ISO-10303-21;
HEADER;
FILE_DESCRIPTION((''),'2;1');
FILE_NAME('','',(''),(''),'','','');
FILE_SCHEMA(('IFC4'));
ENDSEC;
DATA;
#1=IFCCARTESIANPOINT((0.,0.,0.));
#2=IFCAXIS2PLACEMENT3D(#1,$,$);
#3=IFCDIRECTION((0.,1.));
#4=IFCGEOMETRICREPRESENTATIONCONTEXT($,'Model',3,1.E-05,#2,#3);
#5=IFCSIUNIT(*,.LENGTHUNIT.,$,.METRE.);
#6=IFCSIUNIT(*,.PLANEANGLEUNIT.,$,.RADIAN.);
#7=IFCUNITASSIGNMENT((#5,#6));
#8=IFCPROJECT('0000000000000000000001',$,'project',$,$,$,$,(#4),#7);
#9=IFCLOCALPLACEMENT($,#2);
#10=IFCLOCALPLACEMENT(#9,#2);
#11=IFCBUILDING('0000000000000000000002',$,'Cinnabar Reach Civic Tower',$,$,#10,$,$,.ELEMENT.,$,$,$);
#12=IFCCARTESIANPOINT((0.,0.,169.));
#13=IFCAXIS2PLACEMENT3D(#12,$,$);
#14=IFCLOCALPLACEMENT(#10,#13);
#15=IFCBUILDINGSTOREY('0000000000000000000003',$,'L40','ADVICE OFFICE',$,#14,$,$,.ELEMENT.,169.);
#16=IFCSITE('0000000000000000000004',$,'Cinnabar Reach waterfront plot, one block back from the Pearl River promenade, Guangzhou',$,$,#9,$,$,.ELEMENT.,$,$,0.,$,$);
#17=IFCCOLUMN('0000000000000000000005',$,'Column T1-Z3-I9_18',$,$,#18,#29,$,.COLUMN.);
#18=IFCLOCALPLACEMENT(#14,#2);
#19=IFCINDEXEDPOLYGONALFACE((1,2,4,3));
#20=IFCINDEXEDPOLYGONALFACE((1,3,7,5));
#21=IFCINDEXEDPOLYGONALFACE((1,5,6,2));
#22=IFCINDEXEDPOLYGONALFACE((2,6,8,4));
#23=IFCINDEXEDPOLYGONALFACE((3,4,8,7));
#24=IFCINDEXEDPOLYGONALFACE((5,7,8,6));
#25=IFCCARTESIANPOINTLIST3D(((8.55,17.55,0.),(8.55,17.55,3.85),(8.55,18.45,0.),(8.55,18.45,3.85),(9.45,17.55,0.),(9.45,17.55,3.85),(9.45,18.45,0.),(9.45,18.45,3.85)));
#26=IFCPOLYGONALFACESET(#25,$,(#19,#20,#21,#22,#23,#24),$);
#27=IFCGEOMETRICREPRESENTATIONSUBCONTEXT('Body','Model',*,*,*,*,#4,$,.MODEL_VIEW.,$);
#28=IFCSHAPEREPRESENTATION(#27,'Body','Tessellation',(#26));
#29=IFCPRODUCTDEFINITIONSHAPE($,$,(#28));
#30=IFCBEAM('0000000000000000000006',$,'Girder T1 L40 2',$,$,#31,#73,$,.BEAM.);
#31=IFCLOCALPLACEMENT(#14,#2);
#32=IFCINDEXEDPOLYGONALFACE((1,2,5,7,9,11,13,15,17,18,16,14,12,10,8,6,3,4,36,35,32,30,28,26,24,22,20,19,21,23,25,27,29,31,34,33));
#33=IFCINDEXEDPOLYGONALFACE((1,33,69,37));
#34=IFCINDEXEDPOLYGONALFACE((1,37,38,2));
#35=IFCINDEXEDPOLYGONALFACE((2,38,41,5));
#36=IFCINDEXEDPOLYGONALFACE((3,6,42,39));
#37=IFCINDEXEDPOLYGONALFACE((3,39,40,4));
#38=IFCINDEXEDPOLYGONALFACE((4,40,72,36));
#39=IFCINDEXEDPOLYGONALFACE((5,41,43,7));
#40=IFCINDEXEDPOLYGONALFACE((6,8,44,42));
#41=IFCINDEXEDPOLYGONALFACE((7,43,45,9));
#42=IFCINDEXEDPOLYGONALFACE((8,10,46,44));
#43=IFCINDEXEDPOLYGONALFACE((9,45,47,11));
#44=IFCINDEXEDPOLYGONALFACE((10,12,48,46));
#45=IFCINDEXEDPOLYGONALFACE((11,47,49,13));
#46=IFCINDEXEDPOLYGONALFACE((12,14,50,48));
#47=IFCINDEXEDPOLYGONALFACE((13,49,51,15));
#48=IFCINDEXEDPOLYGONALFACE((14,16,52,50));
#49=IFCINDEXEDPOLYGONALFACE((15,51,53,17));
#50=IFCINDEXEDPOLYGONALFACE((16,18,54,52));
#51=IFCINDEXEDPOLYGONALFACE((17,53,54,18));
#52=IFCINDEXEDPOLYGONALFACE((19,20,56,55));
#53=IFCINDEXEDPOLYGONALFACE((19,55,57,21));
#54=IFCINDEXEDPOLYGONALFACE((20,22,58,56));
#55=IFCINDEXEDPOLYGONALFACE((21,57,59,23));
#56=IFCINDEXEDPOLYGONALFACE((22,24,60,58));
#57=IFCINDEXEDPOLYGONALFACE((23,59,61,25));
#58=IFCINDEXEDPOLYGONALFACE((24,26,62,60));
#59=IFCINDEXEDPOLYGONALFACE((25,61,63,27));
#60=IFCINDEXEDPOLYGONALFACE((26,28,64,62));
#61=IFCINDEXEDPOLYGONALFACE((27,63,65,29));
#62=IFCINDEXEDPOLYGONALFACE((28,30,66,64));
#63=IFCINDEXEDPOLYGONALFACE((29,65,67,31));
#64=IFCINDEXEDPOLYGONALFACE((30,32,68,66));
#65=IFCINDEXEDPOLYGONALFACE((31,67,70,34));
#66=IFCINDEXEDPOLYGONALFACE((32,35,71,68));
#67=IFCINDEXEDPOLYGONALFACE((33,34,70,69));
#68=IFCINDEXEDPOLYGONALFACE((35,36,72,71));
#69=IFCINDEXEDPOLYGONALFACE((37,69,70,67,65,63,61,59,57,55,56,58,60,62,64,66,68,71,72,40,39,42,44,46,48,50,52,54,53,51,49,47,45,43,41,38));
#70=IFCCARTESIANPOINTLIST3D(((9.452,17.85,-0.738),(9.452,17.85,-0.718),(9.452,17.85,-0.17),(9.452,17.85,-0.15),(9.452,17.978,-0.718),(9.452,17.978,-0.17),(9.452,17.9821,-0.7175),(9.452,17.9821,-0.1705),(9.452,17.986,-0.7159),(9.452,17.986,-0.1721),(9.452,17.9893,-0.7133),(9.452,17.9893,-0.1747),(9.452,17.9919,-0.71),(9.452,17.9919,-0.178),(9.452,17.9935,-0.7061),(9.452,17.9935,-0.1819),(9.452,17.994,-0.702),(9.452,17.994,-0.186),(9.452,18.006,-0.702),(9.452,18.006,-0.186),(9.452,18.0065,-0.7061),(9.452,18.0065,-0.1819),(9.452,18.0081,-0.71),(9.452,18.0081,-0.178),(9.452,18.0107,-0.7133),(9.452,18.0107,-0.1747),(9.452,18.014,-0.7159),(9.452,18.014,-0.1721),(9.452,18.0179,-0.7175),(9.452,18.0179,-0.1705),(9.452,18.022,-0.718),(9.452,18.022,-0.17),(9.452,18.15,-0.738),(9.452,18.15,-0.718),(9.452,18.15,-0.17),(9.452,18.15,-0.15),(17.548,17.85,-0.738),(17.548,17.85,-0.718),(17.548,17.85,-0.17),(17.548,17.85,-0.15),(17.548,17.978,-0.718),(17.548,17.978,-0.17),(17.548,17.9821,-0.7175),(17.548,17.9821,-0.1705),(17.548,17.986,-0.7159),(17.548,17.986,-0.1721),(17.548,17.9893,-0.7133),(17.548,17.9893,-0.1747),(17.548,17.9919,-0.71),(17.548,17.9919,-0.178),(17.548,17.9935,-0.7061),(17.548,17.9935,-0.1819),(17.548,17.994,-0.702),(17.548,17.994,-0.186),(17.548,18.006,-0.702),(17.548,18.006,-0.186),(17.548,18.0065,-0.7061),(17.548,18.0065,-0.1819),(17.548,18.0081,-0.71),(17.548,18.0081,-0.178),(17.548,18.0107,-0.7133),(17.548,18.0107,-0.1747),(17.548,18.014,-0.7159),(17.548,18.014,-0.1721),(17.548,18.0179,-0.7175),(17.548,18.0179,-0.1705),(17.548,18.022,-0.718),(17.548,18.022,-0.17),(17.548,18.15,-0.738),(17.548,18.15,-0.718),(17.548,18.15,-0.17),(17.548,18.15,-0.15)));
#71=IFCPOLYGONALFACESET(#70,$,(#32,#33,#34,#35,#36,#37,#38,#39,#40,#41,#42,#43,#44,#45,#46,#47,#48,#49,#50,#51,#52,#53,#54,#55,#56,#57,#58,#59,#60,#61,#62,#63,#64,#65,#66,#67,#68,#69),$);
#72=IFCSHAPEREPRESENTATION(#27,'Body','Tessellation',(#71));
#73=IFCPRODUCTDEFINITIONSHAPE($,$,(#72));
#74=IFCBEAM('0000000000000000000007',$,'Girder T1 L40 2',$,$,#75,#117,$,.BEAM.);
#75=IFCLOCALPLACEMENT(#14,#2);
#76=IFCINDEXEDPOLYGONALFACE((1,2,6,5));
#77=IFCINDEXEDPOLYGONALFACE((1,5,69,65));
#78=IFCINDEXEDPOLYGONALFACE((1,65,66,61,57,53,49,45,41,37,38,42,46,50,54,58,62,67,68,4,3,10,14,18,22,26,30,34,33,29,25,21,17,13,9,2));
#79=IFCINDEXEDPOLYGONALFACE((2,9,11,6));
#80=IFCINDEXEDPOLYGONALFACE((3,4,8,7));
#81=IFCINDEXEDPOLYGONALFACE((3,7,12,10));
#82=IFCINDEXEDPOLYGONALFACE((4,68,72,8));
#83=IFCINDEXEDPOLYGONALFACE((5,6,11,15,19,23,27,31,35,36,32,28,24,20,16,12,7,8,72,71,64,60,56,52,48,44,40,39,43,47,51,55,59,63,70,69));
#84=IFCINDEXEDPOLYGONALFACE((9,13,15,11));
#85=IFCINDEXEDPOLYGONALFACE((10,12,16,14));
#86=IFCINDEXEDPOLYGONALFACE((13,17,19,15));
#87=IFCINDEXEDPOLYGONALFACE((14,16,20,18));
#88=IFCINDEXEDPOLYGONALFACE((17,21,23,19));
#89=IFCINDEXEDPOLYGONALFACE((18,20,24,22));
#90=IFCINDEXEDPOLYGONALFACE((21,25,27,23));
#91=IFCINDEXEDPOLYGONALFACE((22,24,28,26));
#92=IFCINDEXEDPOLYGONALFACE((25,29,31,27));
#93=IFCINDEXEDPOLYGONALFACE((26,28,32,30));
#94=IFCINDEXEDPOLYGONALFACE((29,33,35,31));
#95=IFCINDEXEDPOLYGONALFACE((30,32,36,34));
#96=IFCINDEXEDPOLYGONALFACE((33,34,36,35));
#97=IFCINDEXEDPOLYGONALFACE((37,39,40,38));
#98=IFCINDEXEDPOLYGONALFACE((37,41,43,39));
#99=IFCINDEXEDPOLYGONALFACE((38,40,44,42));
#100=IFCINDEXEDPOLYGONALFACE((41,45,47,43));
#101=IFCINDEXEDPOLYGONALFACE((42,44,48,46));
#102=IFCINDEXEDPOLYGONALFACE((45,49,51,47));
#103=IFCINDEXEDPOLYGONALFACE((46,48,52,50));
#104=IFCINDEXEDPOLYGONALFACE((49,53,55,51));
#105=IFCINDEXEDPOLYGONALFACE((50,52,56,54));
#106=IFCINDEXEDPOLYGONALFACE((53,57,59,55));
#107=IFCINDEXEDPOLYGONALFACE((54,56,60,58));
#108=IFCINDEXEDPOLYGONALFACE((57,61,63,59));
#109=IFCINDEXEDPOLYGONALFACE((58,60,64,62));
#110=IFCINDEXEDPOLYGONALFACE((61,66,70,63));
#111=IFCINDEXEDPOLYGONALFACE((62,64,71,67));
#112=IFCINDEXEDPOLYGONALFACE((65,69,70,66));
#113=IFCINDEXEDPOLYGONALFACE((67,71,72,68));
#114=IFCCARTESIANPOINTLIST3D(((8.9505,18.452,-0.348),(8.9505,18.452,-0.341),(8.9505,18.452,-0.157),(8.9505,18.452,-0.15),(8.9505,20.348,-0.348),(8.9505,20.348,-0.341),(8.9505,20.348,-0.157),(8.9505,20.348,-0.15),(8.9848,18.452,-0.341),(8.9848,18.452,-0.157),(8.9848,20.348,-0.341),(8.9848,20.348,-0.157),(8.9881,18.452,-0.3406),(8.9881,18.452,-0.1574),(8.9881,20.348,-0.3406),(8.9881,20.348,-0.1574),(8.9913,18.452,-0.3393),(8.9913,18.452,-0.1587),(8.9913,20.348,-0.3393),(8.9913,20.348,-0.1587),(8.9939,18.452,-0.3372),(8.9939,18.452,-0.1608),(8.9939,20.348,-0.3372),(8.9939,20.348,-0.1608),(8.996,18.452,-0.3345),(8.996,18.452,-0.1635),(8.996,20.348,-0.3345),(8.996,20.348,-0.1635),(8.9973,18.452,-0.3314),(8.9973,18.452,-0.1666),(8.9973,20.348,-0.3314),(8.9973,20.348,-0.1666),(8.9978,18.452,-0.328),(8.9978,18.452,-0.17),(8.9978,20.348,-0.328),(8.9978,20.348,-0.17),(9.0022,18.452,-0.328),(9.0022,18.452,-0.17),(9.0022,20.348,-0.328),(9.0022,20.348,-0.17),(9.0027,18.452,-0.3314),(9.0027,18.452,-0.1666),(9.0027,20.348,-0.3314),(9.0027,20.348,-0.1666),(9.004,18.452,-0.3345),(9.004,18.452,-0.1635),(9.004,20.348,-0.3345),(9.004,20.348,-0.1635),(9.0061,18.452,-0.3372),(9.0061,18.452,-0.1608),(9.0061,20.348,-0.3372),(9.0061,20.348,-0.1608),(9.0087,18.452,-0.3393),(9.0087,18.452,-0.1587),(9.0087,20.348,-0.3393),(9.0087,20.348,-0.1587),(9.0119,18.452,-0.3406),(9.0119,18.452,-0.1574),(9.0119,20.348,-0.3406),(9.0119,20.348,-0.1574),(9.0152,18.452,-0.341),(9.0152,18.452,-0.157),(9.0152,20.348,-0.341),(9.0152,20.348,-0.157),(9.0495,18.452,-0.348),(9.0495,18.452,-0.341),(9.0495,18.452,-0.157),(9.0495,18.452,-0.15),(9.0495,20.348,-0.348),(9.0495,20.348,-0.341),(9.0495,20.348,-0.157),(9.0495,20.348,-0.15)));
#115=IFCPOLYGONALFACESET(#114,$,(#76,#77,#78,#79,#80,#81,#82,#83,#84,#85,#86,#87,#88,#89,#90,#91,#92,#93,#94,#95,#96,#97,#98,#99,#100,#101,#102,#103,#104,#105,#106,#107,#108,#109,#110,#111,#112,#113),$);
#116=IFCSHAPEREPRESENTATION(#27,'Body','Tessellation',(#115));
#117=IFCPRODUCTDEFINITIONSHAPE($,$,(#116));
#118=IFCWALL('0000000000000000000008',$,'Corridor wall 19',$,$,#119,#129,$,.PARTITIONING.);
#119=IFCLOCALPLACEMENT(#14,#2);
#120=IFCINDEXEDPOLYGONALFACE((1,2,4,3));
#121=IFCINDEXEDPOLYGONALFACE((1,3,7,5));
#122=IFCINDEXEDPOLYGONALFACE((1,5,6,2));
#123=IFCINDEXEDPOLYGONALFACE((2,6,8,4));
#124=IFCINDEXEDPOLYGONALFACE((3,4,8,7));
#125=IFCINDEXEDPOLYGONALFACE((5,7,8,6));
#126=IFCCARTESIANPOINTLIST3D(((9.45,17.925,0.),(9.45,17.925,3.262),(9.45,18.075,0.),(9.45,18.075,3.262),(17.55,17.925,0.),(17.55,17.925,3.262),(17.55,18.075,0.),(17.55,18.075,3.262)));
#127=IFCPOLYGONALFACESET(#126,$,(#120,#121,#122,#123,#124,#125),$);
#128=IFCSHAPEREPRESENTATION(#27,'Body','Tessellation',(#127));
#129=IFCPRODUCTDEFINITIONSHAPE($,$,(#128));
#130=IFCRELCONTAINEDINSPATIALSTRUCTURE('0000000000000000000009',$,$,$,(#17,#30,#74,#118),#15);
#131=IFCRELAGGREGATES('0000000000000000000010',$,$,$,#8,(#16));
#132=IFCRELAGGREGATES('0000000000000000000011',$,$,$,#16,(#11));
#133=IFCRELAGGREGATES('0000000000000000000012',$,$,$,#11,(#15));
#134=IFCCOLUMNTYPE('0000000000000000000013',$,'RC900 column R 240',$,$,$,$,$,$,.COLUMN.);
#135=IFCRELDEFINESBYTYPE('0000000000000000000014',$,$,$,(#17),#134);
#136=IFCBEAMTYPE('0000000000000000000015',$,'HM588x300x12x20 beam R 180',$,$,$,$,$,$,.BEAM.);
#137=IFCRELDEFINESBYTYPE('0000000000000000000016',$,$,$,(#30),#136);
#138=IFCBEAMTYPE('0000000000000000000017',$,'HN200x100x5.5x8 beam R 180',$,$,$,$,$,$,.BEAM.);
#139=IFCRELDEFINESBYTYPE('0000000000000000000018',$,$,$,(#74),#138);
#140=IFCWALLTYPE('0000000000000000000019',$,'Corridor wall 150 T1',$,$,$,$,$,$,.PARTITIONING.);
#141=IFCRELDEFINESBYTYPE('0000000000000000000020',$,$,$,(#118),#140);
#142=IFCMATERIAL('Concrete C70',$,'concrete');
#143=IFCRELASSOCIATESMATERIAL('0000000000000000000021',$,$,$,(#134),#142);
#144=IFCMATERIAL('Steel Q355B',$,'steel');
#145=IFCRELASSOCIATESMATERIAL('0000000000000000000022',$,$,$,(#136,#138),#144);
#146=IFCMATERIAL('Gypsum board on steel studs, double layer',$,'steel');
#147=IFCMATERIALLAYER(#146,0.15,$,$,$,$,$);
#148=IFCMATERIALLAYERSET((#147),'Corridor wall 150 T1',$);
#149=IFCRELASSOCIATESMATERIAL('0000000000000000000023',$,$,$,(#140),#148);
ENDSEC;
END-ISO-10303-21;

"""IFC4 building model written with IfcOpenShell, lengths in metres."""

from ifc_helpers import new_model, si_unit, direction, frame, frame_2d, origin, origin_2d, place, context, subcontext, project, spatial, rectangle, i_section, extrude, material, layer, layer_set, material_profile, profile_set, type_object, element, save


model = new_model("IFC4")

# Units and contexts
model_context = context("Model", 3, precision=1e-05, world=origin(), true_north=direction((0.0, 1.0)))
body_context = subcontext(model_context, "Body", "Model", "MODEL_VIEW")
ifc_project = project(units=[si_unit("LENGTHUNIT", "METRE"), si_unit("PLANEANGLEUNIT", "RADIAN")], contexts=[model_context])

# Site, building, storey
site_placement = place(None, origin())
site = spatial("IfcSite", under=ifc_project, at=site_placement, Name="Cinnabar Reach waterfront plot, one block back from the Pearl River promenade, Guangzhou", CompositionType="ELEMENT", RefElevation=0.0)
building_placement = place(site_placement, origin())
building = spatial("IfcBuilding", under=site, at=building_placement, Name="Cinnabar Reach Civic Tower", CompositionType="ELEMENT")
storey_placement = place(building_placement, frame((0.0, 0.0, 169.0)))
storey = spatial("IfcBuildingStorey", under=building, at=storey_placement, Name="L40", Description="ADVICE OFFICE", CompositionType="ELEMENT", Elevation=169.0)

# Column
ifc_material_1 = material(Name="Concrete C70", Category="concrete")
ifc_material_profile_1 = material_profile(ifc_material_1, rectangle(XDim=0.9, YDim=0.9, at=origin_2d()), Name="RC900")
ifc_profile_set_1 = profile_set([ifc_material_profile_1], Name="Concrete C70")
column_type = type_object("IfcColumnType", Name="RC900 column R 240", PredefinedType="COLUMN", material=ifc_profile_set_1)
column_placement = place(storey_placement, frame((9.0, 18.0, 0.0), z_axis=(0.0, 0.0, 1.0), x_axis=(1.0, 0.0, 0.0)))
element("IfcColumn", 1, at=column_placement, inside=storey, type_object=column_type, Name="Column T1-Z3-I9_18", PredefinedType="COLUMN", context=body_context, shape_type="SweptSolid", body=[
    extrude(rectangle(XDim=0.9, YDim=0.9, at=origin_2d()), origin(), (0.0, 0.0, 1.0), 3.85),
])

# Beams
ifc_material_2 = material(Name="Steel Q355B", Category="steel")
ifc_material_profile_2 = material_profile(ifc_material_2, i_section(OverallWidth=0.3, OverallDepth=0.588, WebThickness=0.012, FlangeThickness=0.02, FilletRadius=0.016, at=origin_2d()), Name="HM588x300x12x20")
ifc_profile_set_2 = profile_set([ifc_material_profile_2], Name="Steel Q355B")
beam_type_1 = type_object("IfcBeamType", Name="HM588x300x12x20 beam R 180", PredefinedType="BEAM", material=ifc_profile_set_2)
beam_1_placement = place(storey_placement, frame((9.452, 18.0, -0.444), z_axis=(1.0, 0.0, 0.0), x_axis=(0.0, 1.0, 0.0)))
element("IfcBeam", 2, at=beam_1_placement, inside=storey, type_object=beam_type_1, Name="Girder T1 L40 2", PredefinedType="BEAM", context=body_context, shape_type="SweptSolid", body=[
    extrude(i_section(OverallWidth=0.3, OverallDepth=0.588, WebThickness=0.012, FlangeThickness=0.02, FilletRadius=0.016, at=origin_2d()), origin(), (0.0, 0.0, 1.0), 8.096),
])
ifc_material_profile_3 = material_profile(ifc_material_2, i_section(OverallWidth=0.099, OverallDepth=0.198, WebThickness=0.0045, FlangeThickness=0.007, FilletRadius=0.013, at=origin_2d()), Name="HN200x100x5.5x8")
ifc_profile_set_3 = profile_set([ifc_material_profile_3], Name="Steel Q355B")
beam_type_2 = type_object("IfcBeamType", Name="HN200x100x5.5x8 beam R 180", PredefinedType="BEAM", material=ifc_profile_set_3)
beam_2_placement = place(storey_placement, frame((9.0, 18.452, -0.249), z_axis=(0.0, 1.0, 0.0), x_axis=(-1.0, 0.0, 0.0)))
element("IfcBeam", 3, at=beam_2_placement, inside=storey, type_object=beam_type_2, Name="Girder T1 L40 2", PredefinedType="BEAM", context=body_context, shape_type="SweptSolid", body=[
    extrude(i_section(OverallWidth=0.099, OverallDepth=0.198, WebThickness=0.0045, FlangeThickness=0.007, FilletRadius=0.013, at=origin_2d()), origin(), (0.0, 0.0, 1.0), 1.896),
])

# Wall
ifc_material_3 = material(Name="Gypsum board on steel studs, double layer", Category="steel")
ifc_layer_1 = layer(ifc_material_3, 0.15)
ifc_layer_set_1 = layer_set([ifc_layer_1], Name="Corridor wall 150 T1")
wall_type_1 = type_object("IfcWallType", Name="Corridor wall 150 T1", PredefinedType="PARTITIONING", material=ifc_layer_set_1)
wall_1_placement = place(storey_placement, frame((9.45, 18.0, 0.0), z_axis=(0.0, 0.0, 1.0), x_axis=(1.0, 0.0, 0.0)))
element("IfcWall", 4, at=wall_1_placement, inside=storey, type_object=wall_type_1, Name="Corridor wall 19", PredefinedType="PARTITIONING", context=body_context, shape_type="SweptSolid", body=[
    extrude(rectangle(XDim=8.1, YDim=0.15, at=frame_2d((4.05, 0.0))), origin(), (0.0, 0.0, 1.0), 3.262),
])

save(model, "model.ifc")
